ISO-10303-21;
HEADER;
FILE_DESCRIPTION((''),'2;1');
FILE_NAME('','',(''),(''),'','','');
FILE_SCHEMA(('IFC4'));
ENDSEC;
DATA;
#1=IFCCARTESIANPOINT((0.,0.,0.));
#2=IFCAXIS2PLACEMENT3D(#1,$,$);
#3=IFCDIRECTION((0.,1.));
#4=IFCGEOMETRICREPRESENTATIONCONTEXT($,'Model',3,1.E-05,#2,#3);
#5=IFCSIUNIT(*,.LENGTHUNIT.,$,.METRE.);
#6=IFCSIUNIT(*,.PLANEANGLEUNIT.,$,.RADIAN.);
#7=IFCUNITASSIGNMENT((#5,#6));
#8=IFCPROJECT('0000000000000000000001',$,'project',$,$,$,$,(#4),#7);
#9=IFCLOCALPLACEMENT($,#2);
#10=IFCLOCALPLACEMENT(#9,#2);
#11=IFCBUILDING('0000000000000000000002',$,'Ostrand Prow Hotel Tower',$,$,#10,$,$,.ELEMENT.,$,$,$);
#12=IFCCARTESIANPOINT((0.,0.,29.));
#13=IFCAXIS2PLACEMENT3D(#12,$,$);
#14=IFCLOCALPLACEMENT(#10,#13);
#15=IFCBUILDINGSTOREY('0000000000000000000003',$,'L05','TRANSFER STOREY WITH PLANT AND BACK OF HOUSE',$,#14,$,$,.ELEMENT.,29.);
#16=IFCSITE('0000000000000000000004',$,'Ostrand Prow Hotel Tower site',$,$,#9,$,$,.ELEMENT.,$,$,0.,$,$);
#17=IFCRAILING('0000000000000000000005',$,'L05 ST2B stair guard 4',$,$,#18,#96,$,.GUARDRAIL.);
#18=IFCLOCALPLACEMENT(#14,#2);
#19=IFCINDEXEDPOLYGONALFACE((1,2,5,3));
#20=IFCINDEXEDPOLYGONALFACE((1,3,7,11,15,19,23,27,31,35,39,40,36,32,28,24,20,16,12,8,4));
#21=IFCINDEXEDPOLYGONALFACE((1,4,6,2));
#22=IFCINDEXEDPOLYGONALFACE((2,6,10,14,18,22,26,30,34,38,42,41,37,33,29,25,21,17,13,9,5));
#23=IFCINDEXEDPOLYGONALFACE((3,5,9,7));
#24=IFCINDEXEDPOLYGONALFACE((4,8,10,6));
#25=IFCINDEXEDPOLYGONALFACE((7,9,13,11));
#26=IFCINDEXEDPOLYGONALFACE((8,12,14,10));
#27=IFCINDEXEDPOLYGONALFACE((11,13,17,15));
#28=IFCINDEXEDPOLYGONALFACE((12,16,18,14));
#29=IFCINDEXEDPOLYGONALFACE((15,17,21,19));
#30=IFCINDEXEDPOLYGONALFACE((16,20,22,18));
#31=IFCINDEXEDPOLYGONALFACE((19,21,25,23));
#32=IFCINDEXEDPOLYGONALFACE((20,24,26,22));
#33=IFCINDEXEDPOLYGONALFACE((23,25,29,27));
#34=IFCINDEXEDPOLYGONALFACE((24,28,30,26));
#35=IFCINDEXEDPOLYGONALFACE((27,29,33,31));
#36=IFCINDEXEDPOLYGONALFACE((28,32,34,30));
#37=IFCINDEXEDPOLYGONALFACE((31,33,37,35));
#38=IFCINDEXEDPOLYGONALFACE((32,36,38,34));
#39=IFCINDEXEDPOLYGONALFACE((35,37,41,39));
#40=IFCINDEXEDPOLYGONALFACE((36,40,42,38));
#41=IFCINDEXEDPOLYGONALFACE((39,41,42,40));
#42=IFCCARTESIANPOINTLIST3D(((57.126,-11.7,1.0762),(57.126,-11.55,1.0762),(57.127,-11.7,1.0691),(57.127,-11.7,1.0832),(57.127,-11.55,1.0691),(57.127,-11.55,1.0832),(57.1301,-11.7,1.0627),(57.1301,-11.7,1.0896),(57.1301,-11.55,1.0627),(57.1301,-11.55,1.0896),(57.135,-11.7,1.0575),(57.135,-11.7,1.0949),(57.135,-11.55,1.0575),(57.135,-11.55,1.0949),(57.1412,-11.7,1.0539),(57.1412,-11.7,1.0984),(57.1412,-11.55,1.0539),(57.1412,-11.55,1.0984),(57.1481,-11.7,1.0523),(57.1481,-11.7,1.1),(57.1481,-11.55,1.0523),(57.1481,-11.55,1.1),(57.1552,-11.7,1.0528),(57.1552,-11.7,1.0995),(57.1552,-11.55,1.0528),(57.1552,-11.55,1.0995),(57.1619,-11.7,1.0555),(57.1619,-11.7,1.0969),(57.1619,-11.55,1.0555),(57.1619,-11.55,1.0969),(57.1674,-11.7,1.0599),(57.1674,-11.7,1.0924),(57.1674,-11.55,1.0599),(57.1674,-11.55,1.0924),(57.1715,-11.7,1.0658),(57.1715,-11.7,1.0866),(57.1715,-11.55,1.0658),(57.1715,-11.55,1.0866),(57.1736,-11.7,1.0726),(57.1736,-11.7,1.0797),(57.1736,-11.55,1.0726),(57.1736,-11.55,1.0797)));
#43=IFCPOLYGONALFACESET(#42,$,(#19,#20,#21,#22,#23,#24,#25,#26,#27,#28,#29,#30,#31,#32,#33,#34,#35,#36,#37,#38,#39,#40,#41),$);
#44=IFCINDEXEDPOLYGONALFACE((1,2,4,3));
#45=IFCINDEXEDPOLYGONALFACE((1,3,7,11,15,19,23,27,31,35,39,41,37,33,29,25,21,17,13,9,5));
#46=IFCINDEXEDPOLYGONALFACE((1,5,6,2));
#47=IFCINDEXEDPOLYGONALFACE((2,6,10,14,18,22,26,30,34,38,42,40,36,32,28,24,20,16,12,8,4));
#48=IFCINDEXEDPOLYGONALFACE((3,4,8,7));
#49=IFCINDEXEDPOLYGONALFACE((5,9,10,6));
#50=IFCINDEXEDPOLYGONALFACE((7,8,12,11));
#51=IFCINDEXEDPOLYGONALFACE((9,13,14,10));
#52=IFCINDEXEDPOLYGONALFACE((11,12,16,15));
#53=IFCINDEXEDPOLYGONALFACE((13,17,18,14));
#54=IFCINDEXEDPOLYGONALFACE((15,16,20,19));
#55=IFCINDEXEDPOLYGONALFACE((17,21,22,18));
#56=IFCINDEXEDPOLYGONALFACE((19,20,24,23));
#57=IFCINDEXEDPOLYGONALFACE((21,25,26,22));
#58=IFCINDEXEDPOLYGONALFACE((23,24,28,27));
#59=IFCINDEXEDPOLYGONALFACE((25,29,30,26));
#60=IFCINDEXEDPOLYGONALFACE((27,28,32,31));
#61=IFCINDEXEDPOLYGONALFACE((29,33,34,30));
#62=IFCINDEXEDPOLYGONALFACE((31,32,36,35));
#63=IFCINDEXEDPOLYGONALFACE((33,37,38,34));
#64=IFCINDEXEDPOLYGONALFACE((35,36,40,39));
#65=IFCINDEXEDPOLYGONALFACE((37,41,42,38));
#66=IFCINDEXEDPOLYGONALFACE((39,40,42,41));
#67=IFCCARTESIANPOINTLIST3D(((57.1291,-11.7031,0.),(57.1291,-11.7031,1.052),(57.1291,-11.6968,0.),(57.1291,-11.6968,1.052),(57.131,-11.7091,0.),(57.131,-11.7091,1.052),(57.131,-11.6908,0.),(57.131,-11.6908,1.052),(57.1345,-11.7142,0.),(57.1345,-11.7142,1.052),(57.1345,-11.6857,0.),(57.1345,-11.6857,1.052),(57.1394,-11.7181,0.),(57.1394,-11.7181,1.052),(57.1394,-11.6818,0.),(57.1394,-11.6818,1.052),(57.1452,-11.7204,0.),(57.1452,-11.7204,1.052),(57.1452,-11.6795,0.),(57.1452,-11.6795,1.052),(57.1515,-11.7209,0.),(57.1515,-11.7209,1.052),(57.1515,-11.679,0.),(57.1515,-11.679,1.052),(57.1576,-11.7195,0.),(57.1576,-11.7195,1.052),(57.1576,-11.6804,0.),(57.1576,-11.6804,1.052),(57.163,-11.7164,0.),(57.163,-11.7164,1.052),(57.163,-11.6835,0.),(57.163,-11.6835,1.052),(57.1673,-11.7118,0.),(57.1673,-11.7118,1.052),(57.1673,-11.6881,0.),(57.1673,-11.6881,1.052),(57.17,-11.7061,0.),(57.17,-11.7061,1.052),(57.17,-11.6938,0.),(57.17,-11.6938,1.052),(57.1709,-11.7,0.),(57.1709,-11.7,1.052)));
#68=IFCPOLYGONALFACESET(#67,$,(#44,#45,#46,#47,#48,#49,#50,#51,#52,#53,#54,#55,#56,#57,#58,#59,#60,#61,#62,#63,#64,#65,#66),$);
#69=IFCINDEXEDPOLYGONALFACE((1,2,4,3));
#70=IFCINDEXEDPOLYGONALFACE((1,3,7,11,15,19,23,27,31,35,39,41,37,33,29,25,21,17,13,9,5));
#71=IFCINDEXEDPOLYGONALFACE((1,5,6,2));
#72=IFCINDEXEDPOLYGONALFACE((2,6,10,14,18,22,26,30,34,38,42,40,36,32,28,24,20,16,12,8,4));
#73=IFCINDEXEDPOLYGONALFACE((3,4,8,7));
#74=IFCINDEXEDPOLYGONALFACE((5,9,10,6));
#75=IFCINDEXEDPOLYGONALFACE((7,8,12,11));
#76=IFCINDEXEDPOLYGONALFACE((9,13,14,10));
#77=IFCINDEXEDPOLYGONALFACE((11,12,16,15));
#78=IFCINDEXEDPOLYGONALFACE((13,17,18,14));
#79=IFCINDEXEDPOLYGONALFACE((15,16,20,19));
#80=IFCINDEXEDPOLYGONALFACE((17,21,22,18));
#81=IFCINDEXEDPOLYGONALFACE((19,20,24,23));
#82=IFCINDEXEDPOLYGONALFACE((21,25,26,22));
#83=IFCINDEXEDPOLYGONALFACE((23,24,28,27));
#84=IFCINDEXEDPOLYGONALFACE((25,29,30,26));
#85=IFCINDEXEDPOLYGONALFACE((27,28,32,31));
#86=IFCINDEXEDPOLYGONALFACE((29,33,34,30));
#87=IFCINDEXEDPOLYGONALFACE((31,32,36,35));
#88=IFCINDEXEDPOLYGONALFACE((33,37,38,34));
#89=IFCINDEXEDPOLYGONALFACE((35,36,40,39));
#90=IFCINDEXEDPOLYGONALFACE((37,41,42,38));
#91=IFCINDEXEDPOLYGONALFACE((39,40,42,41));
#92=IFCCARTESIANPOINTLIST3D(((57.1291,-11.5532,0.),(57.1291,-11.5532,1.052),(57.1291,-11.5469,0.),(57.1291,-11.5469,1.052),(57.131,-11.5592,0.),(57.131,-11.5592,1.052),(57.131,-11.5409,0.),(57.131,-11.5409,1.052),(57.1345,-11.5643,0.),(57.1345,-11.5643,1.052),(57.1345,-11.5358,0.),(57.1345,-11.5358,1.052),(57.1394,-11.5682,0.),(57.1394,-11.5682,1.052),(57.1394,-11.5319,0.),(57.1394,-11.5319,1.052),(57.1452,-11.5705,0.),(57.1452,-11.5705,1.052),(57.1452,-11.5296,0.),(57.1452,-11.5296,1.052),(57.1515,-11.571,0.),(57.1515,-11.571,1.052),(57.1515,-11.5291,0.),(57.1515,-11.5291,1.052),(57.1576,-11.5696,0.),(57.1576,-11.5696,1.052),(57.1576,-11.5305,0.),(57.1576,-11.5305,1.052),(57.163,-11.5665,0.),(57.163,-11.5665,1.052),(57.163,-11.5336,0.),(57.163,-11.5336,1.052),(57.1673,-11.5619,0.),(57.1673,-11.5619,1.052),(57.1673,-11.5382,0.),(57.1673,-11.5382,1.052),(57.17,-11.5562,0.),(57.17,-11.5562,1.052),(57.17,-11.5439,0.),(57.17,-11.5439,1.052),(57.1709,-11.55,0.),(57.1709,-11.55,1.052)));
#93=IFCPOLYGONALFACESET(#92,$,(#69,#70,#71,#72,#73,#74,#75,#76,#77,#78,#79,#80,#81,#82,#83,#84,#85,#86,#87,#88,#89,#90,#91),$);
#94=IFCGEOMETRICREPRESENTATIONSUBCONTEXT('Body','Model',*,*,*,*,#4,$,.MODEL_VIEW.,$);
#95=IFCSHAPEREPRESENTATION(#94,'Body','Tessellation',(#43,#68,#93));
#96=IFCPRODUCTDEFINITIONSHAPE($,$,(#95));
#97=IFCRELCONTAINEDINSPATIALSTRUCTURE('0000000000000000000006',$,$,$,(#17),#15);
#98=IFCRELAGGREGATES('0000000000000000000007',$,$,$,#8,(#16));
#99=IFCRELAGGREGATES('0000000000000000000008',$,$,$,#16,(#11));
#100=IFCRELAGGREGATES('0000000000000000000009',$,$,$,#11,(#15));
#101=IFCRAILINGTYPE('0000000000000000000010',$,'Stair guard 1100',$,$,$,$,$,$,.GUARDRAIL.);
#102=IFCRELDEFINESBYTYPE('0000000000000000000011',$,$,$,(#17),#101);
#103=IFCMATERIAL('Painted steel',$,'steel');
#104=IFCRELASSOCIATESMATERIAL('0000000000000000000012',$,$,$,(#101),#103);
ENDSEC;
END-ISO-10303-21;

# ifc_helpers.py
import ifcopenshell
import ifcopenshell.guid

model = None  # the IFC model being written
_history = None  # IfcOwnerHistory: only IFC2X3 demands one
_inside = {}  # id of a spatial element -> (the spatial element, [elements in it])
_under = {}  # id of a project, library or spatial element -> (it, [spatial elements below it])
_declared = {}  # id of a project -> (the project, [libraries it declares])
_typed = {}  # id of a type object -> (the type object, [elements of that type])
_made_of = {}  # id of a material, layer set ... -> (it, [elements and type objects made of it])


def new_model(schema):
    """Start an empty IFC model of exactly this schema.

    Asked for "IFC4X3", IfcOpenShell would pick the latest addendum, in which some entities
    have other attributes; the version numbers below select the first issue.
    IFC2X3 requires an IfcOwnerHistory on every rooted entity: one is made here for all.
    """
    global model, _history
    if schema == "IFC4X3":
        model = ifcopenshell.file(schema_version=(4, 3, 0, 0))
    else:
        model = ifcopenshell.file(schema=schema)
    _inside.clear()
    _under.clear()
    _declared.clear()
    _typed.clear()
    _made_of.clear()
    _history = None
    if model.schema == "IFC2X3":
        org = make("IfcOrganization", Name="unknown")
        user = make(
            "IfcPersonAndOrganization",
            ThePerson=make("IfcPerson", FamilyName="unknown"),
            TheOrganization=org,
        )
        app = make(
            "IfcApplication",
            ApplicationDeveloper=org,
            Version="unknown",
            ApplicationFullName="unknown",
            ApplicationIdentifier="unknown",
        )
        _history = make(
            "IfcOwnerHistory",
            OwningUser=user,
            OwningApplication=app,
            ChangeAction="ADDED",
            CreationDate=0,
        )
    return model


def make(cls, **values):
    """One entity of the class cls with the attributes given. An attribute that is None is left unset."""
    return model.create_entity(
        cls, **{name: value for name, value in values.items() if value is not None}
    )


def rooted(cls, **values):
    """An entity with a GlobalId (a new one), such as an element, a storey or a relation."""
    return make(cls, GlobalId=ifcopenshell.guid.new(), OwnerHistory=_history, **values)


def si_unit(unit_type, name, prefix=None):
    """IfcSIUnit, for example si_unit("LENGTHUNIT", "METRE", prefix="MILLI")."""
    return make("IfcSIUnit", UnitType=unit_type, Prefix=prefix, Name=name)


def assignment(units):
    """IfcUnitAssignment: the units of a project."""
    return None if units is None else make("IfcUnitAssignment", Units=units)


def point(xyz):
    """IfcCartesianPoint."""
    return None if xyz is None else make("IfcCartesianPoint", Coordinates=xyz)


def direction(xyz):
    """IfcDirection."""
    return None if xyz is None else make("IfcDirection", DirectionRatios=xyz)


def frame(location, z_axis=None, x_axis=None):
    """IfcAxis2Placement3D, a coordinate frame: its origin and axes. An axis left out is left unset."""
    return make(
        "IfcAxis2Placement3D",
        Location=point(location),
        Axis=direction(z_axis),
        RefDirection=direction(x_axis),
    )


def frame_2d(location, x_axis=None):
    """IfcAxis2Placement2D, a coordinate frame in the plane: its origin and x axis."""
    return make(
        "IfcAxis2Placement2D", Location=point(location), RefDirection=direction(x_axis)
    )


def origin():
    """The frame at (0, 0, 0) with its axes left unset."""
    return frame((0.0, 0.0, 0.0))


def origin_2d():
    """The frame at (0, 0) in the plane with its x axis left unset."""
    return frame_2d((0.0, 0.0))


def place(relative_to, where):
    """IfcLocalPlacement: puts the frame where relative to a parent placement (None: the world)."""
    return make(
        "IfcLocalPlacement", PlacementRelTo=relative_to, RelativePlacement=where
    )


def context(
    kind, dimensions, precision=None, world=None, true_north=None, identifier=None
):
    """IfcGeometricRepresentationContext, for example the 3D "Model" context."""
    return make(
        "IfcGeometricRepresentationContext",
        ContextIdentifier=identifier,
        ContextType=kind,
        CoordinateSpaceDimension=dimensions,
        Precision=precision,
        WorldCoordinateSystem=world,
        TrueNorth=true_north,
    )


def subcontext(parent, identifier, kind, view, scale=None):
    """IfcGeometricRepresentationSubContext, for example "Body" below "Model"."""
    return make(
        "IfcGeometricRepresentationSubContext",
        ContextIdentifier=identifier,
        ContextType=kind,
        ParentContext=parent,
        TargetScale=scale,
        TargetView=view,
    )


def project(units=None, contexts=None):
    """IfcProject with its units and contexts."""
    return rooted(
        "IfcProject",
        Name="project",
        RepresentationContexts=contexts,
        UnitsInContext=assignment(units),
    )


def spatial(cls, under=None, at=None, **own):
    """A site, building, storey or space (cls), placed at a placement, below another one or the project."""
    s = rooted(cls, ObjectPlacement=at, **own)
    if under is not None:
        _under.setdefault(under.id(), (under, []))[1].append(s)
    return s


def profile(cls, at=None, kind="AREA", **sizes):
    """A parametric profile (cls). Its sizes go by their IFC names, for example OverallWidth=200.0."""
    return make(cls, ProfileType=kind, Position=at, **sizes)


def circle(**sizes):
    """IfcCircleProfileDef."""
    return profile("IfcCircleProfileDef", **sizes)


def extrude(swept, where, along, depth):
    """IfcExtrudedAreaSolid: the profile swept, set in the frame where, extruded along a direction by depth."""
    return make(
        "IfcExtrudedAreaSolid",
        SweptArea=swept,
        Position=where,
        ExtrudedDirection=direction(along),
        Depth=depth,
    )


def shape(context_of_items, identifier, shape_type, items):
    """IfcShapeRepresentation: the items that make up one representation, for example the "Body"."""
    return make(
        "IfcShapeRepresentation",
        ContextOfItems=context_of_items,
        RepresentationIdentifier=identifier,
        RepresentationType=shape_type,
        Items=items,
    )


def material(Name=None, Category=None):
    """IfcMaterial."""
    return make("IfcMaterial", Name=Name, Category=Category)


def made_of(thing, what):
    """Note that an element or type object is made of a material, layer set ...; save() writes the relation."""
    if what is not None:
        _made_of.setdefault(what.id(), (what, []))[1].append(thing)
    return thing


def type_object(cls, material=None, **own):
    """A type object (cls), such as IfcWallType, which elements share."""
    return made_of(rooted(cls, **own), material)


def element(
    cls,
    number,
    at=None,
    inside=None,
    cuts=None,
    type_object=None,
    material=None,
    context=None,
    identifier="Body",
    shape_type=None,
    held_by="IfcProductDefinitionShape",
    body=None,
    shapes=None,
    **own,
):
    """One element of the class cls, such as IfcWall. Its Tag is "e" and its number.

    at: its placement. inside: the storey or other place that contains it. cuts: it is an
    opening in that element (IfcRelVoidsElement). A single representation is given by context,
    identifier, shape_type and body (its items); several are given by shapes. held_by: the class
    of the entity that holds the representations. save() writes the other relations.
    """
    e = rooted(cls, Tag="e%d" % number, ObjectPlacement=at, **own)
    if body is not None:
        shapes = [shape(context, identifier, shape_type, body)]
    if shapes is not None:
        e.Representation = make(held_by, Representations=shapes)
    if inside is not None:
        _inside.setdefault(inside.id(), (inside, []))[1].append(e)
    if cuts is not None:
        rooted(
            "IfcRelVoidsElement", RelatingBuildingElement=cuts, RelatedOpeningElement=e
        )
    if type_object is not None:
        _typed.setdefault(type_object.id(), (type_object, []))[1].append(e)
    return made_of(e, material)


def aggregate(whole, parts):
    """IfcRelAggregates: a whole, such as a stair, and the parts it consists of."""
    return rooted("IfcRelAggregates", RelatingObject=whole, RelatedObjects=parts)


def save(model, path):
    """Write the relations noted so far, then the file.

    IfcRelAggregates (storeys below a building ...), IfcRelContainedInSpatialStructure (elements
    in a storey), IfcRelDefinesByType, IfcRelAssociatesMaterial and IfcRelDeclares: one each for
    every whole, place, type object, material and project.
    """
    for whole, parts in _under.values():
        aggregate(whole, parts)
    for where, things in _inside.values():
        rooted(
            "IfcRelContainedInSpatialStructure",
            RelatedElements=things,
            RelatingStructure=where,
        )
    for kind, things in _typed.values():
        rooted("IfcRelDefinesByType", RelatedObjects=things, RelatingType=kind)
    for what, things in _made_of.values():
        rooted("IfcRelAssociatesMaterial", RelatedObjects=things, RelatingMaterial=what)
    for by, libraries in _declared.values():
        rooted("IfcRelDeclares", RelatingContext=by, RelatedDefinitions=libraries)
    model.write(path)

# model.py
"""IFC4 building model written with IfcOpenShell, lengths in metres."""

from ifc_helpers import new_model, si_unit, direction, frame, origin, origin_2d, place, context, subcontext, project, spatial, circle, extrude, material, type_object, element, save


model = new_model("IFC4")

# Units and contexts
model_context = context("Model", 3, precision=1e-05, world=origin(), true_north=direction((0.0, 1.0)))
body_context = subcontext(model_context, "Body", "Model", "MODEL_VIEW")
ifc_project = project(units=[si_unit("LENGTHUNIT", "METRE"), si_unit("PLANEANGLEUNIT", "RADIAN")], contexts=[model_context])

# Site, building, storey
site_placement = place(None, origin())
site = spatial("IfcSite", under=ifc_project, at=site_placement, Name="Ostrand Prow Hotel Tower site", CompositionType="ELEMENT", RefElevation=0.0)
building_placement = place(site_placement, origin())
building = spatial("IfcBuilding", under=site, at=building_placement, Name="Ostrand Prow Hotel Tower", CompositionType="ELEMENT")
storey_placement = place(building_placement, frame((0.0, 0.0, 29.0)))
storey = spatial("IfcBuildingStorey", under=building, at=storey_placement, Name="L05", Description="TRANSFER STOREY WITH PLANT AND BACK OF HOUSE", CompositionType="ELEMENT", Elevation=29.0)

# Railing
ifc_material_1 = material(Name="Painted steel", Category="steel")
railing_type_1 = type_object("IfcRailingType", Name="Stair guard 1100", PredefinedType="GUARDRAIL", material=ifc_material_1)
railing_1_placement = place(storey_placement, frame((57.1499, -11.7, 0.0)))
element("IfcRailing", 1, at=railing_1_placement, inside=storey, type_object=railing_type_1, Name="L05 ST2B stair guard 4", PredefinedType="GUARDRAIL", context=body_context, shape_type="SweptSolid", body=[
    extrude(circle(Radius=0.0239, at=origin_2d()), frame((0.0, 0.0, 1.0762), z_axis=(0.0, 1.0, 0.0), x_axis=(-1.0, 0.0, 0.0)), (0.0, 0.0, 1.0), 0.1499),
    extrude(circle(Radius=0.021, at=origin_2d()), origin(), (0.0, 0.0, 1.0), 1.052),
    extrude(circle(Radius=0.021, at=origin_2d()), frame((0.0, 0.1499, 0.0)), (0.0, 0.0, 1.0), 1.052),
])

save(model, "model.ifc")
